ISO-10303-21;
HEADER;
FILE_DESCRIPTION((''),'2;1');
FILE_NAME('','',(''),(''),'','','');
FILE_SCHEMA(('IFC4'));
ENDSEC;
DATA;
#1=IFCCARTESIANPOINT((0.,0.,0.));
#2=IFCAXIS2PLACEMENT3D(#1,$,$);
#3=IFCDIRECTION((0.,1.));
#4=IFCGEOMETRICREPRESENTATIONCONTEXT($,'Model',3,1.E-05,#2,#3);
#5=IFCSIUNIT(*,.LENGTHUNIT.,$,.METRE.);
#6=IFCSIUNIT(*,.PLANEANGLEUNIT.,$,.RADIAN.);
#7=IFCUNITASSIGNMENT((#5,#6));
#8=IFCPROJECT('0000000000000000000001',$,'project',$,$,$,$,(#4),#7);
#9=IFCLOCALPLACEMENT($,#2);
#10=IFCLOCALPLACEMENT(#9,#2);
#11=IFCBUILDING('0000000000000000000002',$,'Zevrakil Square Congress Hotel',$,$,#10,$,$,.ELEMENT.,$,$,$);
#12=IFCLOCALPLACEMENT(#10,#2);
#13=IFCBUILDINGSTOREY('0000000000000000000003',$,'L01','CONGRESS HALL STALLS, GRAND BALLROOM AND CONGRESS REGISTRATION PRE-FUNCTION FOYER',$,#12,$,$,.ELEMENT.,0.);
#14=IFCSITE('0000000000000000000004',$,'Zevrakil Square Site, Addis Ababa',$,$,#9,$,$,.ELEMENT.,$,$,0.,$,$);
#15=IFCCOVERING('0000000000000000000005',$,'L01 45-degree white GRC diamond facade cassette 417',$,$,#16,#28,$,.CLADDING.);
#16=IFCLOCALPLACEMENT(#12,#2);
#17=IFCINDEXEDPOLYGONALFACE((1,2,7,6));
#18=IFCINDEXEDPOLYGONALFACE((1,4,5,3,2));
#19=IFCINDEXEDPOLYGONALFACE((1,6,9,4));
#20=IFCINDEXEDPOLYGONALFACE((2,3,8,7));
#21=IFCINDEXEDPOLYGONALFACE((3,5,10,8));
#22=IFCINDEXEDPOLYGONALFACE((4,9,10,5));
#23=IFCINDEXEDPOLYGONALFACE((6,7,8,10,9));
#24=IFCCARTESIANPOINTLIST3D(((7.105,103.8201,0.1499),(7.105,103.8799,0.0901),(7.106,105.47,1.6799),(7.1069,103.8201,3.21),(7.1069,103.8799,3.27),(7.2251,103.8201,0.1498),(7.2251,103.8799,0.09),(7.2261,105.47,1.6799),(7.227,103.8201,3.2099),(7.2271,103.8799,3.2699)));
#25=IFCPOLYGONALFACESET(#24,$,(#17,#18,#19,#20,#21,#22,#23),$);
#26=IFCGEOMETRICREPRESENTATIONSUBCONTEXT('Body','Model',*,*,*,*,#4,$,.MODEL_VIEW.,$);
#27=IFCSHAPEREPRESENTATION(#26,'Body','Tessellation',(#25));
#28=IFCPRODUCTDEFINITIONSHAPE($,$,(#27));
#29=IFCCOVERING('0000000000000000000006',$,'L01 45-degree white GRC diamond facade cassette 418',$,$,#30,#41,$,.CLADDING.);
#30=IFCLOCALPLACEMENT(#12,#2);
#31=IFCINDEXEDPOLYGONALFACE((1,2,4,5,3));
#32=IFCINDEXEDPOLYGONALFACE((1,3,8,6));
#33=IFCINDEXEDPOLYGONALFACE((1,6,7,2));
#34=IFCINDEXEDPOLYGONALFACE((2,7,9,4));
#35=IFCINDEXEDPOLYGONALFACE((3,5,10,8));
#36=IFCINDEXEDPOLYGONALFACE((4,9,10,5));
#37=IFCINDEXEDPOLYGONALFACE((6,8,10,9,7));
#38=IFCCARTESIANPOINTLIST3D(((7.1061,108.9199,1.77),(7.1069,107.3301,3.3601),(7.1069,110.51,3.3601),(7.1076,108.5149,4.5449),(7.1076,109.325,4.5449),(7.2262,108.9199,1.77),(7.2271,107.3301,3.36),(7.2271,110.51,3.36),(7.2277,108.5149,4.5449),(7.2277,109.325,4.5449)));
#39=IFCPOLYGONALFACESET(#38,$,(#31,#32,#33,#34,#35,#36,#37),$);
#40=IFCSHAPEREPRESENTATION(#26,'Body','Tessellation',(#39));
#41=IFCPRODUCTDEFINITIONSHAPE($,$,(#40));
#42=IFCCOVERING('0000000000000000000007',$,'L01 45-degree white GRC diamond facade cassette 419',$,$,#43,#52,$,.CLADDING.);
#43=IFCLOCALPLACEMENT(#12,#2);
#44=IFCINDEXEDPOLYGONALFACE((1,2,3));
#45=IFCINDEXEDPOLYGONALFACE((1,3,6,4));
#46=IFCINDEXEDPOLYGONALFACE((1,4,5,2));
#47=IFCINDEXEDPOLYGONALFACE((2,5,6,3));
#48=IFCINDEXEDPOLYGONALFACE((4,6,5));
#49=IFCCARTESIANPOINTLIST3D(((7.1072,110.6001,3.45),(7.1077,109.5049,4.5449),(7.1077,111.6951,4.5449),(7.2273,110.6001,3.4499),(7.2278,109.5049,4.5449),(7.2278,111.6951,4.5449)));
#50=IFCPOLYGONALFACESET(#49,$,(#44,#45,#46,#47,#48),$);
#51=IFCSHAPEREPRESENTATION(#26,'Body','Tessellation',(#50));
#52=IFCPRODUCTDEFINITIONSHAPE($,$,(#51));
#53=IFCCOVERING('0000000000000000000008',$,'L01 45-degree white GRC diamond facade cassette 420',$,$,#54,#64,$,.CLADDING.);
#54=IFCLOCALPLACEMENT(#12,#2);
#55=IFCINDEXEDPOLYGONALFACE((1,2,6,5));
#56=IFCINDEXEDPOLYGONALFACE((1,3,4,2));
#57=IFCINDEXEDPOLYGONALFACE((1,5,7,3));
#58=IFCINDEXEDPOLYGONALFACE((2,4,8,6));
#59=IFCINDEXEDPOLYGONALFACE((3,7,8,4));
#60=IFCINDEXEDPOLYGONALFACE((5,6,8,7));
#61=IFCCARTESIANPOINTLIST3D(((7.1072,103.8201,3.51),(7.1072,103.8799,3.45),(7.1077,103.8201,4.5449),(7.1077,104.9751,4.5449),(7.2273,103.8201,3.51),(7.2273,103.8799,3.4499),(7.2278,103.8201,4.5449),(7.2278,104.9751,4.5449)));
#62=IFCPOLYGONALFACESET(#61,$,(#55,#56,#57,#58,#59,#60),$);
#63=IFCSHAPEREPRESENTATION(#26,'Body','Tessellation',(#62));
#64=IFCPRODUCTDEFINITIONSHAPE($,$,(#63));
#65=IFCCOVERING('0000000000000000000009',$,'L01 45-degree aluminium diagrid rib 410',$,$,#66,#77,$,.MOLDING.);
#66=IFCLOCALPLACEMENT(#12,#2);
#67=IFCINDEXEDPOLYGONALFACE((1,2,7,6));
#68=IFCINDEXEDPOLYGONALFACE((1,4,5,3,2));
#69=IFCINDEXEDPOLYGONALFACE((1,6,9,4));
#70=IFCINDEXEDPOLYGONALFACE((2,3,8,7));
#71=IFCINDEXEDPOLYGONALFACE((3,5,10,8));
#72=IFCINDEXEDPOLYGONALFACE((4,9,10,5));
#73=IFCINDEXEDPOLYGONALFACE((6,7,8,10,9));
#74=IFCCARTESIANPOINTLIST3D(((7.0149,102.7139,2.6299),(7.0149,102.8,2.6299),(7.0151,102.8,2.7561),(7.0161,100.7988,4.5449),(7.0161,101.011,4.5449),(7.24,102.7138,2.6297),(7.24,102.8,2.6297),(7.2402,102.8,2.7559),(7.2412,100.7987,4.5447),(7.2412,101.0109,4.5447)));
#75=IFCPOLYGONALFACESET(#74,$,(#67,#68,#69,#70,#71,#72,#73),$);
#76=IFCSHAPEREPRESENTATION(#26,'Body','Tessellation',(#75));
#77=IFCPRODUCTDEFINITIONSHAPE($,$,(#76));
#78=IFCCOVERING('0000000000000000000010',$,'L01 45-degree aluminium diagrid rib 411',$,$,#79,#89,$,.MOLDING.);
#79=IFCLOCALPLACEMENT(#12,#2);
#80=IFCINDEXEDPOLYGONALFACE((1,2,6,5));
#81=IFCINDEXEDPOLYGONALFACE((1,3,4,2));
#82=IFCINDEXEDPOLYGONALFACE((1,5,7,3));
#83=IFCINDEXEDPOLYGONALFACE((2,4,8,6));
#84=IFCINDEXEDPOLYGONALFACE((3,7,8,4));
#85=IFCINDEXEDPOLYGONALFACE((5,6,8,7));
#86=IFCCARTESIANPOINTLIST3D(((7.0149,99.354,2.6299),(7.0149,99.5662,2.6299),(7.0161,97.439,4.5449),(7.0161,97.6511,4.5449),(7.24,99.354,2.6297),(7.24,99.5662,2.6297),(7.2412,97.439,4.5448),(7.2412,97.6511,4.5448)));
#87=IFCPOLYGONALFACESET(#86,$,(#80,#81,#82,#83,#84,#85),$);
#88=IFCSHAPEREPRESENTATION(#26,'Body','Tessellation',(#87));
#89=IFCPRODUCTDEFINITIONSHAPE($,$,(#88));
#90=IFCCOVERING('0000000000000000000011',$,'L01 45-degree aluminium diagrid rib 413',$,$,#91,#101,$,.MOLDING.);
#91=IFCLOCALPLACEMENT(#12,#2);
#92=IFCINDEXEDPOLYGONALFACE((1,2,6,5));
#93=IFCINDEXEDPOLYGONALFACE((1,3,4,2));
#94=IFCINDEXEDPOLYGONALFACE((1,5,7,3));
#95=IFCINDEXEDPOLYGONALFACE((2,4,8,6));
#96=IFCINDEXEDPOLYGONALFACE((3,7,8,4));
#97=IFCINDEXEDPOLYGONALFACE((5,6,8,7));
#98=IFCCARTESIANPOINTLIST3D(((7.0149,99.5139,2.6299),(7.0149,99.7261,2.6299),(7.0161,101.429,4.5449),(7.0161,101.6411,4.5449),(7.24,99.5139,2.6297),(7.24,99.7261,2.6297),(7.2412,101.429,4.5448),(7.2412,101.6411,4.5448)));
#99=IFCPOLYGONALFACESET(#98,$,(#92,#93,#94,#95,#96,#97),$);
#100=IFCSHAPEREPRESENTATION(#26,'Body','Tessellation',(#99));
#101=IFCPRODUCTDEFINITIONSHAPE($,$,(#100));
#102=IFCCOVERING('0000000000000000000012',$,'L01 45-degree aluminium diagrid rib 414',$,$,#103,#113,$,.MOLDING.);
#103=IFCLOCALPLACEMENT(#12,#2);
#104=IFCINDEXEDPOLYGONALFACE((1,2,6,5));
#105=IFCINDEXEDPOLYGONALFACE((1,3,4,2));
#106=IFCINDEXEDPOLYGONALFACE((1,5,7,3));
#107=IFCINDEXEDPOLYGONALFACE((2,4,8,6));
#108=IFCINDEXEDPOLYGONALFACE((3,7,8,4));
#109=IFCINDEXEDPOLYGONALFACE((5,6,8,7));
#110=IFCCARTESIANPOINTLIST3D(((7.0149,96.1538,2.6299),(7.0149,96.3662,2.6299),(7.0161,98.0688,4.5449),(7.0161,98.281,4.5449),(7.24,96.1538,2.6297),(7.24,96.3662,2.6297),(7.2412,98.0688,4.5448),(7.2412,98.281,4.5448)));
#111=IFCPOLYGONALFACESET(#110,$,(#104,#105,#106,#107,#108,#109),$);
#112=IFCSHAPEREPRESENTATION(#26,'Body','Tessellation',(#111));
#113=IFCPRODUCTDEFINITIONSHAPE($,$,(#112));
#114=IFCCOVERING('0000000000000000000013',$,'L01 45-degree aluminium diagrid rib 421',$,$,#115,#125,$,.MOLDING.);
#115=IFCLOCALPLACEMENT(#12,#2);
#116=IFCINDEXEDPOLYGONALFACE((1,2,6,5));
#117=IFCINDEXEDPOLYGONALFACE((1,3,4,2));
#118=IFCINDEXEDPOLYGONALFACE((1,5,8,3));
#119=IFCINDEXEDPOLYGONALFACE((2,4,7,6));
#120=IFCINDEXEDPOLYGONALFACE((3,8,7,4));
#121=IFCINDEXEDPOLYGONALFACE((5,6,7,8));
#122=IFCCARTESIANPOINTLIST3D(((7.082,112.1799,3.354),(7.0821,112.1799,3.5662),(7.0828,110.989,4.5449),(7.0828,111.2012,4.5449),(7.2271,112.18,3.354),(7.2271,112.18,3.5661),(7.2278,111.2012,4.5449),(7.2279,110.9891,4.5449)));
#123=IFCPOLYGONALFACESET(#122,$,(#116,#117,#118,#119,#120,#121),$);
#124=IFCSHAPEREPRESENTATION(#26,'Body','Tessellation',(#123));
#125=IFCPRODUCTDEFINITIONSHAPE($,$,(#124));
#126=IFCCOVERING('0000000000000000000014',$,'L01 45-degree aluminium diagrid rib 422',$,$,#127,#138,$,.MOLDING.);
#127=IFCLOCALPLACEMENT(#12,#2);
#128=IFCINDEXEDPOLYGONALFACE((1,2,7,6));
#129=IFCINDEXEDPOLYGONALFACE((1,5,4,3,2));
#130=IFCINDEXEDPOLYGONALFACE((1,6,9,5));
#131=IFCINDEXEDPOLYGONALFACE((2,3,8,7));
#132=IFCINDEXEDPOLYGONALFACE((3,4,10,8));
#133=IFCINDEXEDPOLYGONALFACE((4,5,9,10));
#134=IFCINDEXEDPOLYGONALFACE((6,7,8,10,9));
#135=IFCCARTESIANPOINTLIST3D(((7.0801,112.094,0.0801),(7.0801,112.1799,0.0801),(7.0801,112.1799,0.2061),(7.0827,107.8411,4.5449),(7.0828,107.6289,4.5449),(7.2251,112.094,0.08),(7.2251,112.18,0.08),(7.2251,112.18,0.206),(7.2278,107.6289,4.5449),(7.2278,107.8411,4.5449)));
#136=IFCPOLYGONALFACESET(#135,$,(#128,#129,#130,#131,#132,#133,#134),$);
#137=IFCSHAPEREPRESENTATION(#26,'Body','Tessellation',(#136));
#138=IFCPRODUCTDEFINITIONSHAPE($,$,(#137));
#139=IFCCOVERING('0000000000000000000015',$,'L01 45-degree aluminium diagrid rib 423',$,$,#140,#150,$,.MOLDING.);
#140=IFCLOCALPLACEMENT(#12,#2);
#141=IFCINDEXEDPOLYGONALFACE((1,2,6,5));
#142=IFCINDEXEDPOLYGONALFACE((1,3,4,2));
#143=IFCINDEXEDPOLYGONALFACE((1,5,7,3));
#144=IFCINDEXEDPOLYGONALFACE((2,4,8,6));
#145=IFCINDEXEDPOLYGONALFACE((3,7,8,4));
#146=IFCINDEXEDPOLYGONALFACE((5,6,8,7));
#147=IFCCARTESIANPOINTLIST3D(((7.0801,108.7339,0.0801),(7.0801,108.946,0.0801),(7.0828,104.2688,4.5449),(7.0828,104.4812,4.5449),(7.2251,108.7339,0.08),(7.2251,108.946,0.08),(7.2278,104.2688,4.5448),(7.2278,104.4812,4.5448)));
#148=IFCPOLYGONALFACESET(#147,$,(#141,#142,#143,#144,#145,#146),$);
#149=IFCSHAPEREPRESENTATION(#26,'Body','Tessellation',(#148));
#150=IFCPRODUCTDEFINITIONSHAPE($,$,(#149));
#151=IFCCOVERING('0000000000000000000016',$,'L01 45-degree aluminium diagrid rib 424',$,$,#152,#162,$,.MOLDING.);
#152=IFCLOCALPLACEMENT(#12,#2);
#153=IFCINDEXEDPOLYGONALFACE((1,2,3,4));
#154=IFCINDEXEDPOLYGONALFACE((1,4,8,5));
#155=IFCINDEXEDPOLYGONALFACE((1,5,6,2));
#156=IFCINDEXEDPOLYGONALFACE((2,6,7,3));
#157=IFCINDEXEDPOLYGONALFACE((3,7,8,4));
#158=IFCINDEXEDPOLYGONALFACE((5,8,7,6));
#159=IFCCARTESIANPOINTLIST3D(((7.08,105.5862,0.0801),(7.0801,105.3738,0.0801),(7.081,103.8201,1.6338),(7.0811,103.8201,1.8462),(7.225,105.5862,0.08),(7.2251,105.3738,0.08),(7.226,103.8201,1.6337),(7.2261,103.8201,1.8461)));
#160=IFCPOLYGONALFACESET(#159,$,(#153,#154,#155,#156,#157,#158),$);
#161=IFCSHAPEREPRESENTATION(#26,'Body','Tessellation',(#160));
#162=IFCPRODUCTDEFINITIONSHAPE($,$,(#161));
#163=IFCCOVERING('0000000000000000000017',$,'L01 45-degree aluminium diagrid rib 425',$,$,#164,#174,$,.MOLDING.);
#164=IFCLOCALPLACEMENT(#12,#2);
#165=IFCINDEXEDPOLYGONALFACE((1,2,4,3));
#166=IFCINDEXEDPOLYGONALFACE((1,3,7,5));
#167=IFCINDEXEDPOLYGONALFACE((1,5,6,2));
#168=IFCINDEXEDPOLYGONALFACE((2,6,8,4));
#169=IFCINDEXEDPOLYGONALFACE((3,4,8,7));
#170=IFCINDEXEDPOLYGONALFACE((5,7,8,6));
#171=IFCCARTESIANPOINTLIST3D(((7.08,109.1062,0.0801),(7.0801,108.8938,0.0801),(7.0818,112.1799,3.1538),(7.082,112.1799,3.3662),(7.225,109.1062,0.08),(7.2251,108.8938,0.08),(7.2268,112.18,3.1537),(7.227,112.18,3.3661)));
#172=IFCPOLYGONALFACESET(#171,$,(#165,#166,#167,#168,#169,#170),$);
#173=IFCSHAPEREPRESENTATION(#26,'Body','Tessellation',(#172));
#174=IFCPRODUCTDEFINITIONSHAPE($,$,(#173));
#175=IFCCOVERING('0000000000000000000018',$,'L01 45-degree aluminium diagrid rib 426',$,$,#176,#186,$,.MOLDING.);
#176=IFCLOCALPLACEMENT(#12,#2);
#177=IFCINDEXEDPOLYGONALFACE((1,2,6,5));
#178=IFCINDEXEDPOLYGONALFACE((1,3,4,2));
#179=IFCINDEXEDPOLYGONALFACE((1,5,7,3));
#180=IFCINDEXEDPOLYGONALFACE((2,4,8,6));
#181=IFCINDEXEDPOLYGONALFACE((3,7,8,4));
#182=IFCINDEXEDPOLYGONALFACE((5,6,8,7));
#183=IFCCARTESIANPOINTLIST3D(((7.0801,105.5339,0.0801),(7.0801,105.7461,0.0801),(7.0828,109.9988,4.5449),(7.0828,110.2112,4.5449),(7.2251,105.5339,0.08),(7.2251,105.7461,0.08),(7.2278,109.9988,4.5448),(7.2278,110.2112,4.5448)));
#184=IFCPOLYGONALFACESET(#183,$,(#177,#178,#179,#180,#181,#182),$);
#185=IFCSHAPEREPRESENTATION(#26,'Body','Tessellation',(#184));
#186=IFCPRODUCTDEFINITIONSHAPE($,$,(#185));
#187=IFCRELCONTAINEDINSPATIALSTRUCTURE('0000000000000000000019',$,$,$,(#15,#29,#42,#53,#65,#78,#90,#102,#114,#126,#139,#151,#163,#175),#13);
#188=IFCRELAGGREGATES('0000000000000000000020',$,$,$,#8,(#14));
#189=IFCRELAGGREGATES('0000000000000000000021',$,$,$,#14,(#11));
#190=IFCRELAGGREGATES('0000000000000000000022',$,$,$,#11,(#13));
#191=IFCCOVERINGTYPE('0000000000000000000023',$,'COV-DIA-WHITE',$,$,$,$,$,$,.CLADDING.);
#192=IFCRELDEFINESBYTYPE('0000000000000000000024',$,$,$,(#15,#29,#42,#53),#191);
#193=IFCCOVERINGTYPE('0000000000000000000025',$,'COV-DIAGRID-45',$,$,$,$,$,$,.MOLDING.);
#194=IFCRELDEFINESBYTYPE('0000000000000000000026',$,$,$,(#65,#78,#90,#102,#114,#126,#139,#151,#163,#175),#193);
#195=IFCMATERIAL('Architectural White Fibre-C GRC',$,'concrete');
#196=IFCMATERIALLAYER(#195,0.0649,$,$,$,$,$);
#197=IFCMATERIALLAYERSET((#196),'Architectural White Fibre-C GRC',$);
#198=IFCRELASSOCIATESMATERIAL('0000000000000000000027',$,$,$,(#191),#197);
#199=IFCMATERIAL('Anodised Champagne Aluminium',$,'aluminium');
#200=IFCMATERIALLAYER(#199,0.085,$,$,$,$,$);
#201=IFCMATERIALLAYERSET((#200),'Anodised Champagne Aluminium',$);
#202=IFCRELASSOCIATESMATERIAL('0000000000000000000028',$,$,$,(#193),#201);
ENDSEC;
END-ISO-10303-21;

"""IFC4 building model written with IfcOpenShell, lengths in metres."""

from ifc_helpers import new_model, si_unit, direction, frame, origin, place, context, subcontext, project, spatial, polyline, outline, extrude, material, layer, layer_set, type_object, element, save


model = new_model("IFC4")

# Units and contexts
model_context = context("Model", 3, precision=1e-05, world=origin(), true_north=direction((0.0, 1.0)))
body_context = subcontext(model_context, "Body", "Model", "MODEL_VIEW")
ifc_project = project(units=[si_unit("LENGTHUNIT", "METRE"), si_unit("PLANEANGLEUNIT", "RADIAN")], contexts=[model_context])

# Site, building, storey
site_placement = place(None, origin())
site = spatial("IfcSite", under=ifc_project, at=site_placement, Name="Zevrakil Square Site, Addis Ababa", CompositionType="ELEMENT", RefElevation=0.0)
building_placement = place(site_placement, origin())
building = spatial("IfcBuilding", under=site, at=building_placement, Name="Zevrakil Square Congress Hotel", CompositionType="ELEMENT")
storey_placement = place(building_placement, origin())
storey = spatial("IfcBuildingStorey", under=building, at=storey_placement, Name="L01", Description="CONGRESS HALL STALLS, GRAND BALLROOM AND CONGRESS REGISTRATION PRE-FUNCTION FOYER", CompositionType="ELEMENT", Elevation=0.0)

# Coverings
ifc_material_1 = material(Name="Architectural White Fibre-C GRC", Category="concrete")
ifc_layer_1 = layer(ifc_material_1, 0.0649)
ifc_layer_set_1 = layer_set([ifc_layer_1], Name="Architectural White Fibre-C GRC")
covering_type_1 = type_object("IfcCoveringType", Name="COV-DIA-WHITE", PredefinedType="CLADDING", material=ifc_layer_set_1)
covering_1_placement = place(storey_placement, frame((7.105, 103.8799, 0.0901), z_axis=(-1.0, 0.0, 0.000615), x_axis=(0.000435, 0.707161, 0.707052)))
element("IfcCovering", 1, at=covering_1_placement, inside=storey, type_object=covering_type_1, Name="L01 45-degree white GRC diamond facade cassette 417", PredefinedType="CLADDING", context=body_context, shape_type="SweptSolid", body=[
    extrude(outline(polyline([(0.0, 0.0), (2.2486, 0.0), (2.2484, -2.2487), (2.1636, -2.2485), (0.0, -0.0846), (0.0, 0.0)])), origin(), (0.0, 0.0, -1.0), 0.1201),
])
covering_2_placement = place(storey_placement, frame((7.1069, 107.3301, 3.3601), z_axis=(-1.0, 0.0, 0.000537), x_axis=(-0.00038, 0.707052, -0.707161)))
element("IfcCovering", 2, at=covering_2_placement, inside=storey, type_object=covering_type_1, Name="L01 45-degree white GRC diamond facade cassette 418", PredefinedType="CLADDING", context=body_context, shape_type="SweptSolid", body=[
    extrude(outline(polyline([(0.0, 0.0), (2.2486, 0.0), (2.2484, -2.2487), (0.5726, -2.2484), (-0.0001, -1.6756), (0.0, 0.0)])), origin(), (0.0, 0.0, -1.0), 0.1201),
])
covering_3_placement = place(storey_placement, frame((7.1072, 110.6001, 3.45), z_axis=(-1.0, 0.0, 0.000446), x_axis=(0.000315, 0.707107, 0.707107)))
element("IfcCovering", 3, at=covering_3_placement, inside=storey, type_object=covering_type_1, Name="L01 45-degree white GRC diamond facade cassette 419", PredefinedType="CLADDING", context=body_context, shape_type="SweptSolid", body=[
    extrude(outline(polyline([(0.0, 0.0), (1.5485, 0.0), (-0.0002, -1.5487), (0.0, 0.0)])), origin(), (0.0, 0.0, -1.0), 0.1201),
])
covering_4_placement = place(storey_placement, frame((7.1072, 103.8799, 3.45), z_axis=(-1.0, 0.000022, 0.000447), x_axis=(0.000332, 0.707186, 0.707028)))
element("IfcCovering", 4, at=covering_4_placement, inside=storey, type_object=covering_type_1, Name="L01 45-degree white GRC diamond facade cassette 420", PredefinedType="CLADDING", context=body_context, shape_type="SweptSolid", body=[
    extrude(outline(polyline([(0.0, 0.0), (1.5487, 0.0), (0.7319, -0.8166), (0.0002, -0.0848), (0.0, 0.0)])), origin(), (0.0, 0.0, -1.0), 0.1201),
])
ifc_material_2 = material(Name="Anodised Champagne Aluminium", Category="aluminium")
ifc_layer_2 = layer(ifc_material_2, 0.085)
ifc_layer_set_2 = layer_set([ifc_layer_2], Name="Anodised Champagne Aluminium")
covering_type_2 = type_object("IfcCoveringType", Name="COV-DIAGRID-45", PredefinedType="MOLDING", material=ifc_layer_set_2)
covering_5_placement = place(storey_placement, frame((7.0149, 102.7139, 2.6299), z_axis=(-0.999999, 0.000393, 0.001005), x_axis=(0.000393, 1.0, 0.0)))
element("IfcCovering", 5, at=covering_5_placement, inside=storey, type_object=covering_type_2, Name="L01 45-degree aluminium diagrid rib 410", PredefinedType="MOLDING", context=body_context, shape_type="SweptSolid", body=[
    extrude(outline(polyline([(0.0, 0.0), (0.0862, 0.0), (0.0862, -0.1262), (-1.7029, -1.915), (-1.915, -1.915), (0.0, 0.0)])), origin(), (0.0, 0.0, -1.0), 0.2251),
])
covering_6_placement = place(storey_placement, frame((7.0149, 99.354, 2.6299), z_axis=(-1.0, 0.0, 0.000637), x_axis=(0.0, 1.0, 0.0)))
element("IfcCovering", 6, at=covering_6_placement, inside=storey, type_object=covering_type_2, Name="L01 45-degree aluminium diagrid rib 411", PredefinedType="MOLDING", context=body_context, shape_type="SweptSolid", body=[
    extrude(outline(polyline([(0.0, 0.0), (0.2122, 0.0), (-1.7029, -1.915), (-1.915, -1.915), (0.0, 0.0)])), origin(), (0.0, 0.0, -1.0), 0.2251),
])
covering_7_placement = place(storey_placement, frame((7.0161, 101.6411, 4.5449), z_axis=(-1.0, 0.0, 0.000637), x_axis=(0.0, -1.0, 0.0)))
element("IfcCovering", 7, at=covering_7_placement, inside=storey, type_object=covering_type_2, Name="L01 45-degree aluminium diagrid rib 413", PredefinedType="MOLDING", context=body_context, shape_type="SweptSolid", body=[
    extrude(outline(polyline([(0.0, 0.0), (0.2122, 0.0), (2.1272, -1.915), (1.915, -1.915), (0.0, 0.0)])), origin(), (0.0, 0.0, -1.0), 0.2251),
])
covering_8_placement = place(storey_placement, frame((7.0161, 98.281, 4.5449), z_axis=(-1.0, 0.0, 0.000637), x_axis=(0.0, -1.0, 0.0)))
element("IfcCovering", 8, at=covering_8_placement, inside=storey, type_object=covering_type_2, Name="L01 45-degree aluminium diagrid rib 414", PredefinedType="MOLDING", context=body_context, shape_type="SweptSolid", body=[
    extrude(outline(polyline([(0.0, 0.0), (0.2122, 0.0), (2.1272, -1.915), (1.9148, -1.915), (0.0, 0.0)])), origin(), (0.0, 0.0, -1.0), 0.2251),
])
covering_9_placement = place(storey_placement, frame((7.082, 112.1799, 3.354), z_axis=(-1.0, -0.000338, 0.000338), x_axis=(0.000338, 0.0, 1.0)))
element("IfcCovering", 9, at=covering_9_placement, inside=storey, type_object=covering_type_2, Name="L01 45-degree aluminium diagrid rib 421", PredefinedType="MOLDING", context=body_context, shape_type="SweptSolid", body=[
    extrude(outline(polyline([(0.0, 0.0), (0.2122, 0.0), (1.1909, -0.9788), (1.1909, -1.1909), (0.0, 0.0)])), origin(), (0.0, 0.0, -1.0), 0.145),
])
covering_10_placement = place(storey_placement, frame((7.0801, 112.094, 0.0801), z_axis=(-1.0, -0.00018, 0.000426), x_axis=(-0.00018, 1.0, 0.0)))
element("IfcCovering", 10, at=covering_10_placement, inside=storey, type_object=covering_type_2, Name="L01 45-degree aluminium diagrid rib 422", PredefinedType="MOLDING", context=body_context, shape_type="SweptSolid", body=[
    extrude(outline(polyline([(0.0, 0.0), (0.0859, 0.0), (0.0859, -0.126), (-4.2529, -4.4648), (-4.4651, -4.4648), (0.0, 0.0)])), origin(), (0.0, 0.0, -1.0), 0.145),
])
covering_11_placement = place(storey_placement, frame((7.0801, 108.7339, 0.0801), z_axis=(-1.0, 0.0, 0.000601), x_axis=(0.0, 1.0, 0.0)))
element("IfcCovering", 11, at=covering_11_placement, inside=storey, type_object=covering_type_2, Name="L01 45-degree aluminium diagrid rib 423", PredefinedType="MOLDING", context=body_context, shape_type="SweptSolid", body=[
    extrude(outline(polyline([(0.0, 0.0), (0.2122, 0.0), (-4.2527, -4.4648), (-4.4651, -4.4648), (0.0, 0.0)])), origin(), (0.0, 0.0, -1.0), 0.145),
])
covering_12_placement = place(storey_placement, frame((7.0801, 105.3738, 0.0801), z_axis=(-1.0, -0.000294, 0.000294), x_axis=(-0.000294, 1.0, 0.0)))
element("IfcCovering", 12, at=covering_12_placement, inside=storey, type_object=covering_type_2, Name="L01 45-degree aluminium diagrid rib 424", PredefinedType="MOLDING", context=body_context, shape_type="SweptSolid", body=[
    extrude(outline(polyline([(0.0, 0.0), (0.2124, 0.0), (-1.5537, -1.7661), (-1.5537, -1.5537), (0.0, 0.0)])), origin(), (0.0, 0.0, -1.0), 0.145),
])
covering_13_placement = place(storey_placement, frame((7.0818, 112.1799, 3.1538), z_axis=(-1.0, -0.000287, 0.000863), x_axis=(0.000863, 0.0, 1.0)))
element("IfcCovering", 13, at=covering_13_placement, inside=storey, type_object=covering_type_2, Name="L01 45-degree aluminium diagrid rib 425", PredefinedType="MOLDING", context=body_context, shape_type="SweptSolid", body=[
    extrude(outline(polyline([(0.0, 0.0), (0.2124, 0.0), (-3.0737, -3.2861), (-3.0737, -3.0737), (0.0, 0.0)])), origin(), (0.0, 0.0, -1.0), 0.145),
])
covering_14_placement = place(storey_placement, frame((7.0828, 110.2112, 4.5449), z_axis=(-1.0, 0.0, 0.000601), x_axis=(0.0, -1.0, 0.0)))
element("IfcCovering", 14, at=covering_14_placement, inside=storey, type_object=covering_type_2, Name="L01 45-degree aluminium diagrid rib 426", PredefinedType="MOLDING", context=body_context, shape_type="SweptSolid", body=[
    extrude(outline(polyline([(0.0, 0.0), (0.2124, 0.0), (4.6772, -4.4648), (4.4651, -4.4648), (0.0, 0.0)])), origin(), (0.0, 0.0, -1.0), 0.145),
])

save(model, "model.ifc")
